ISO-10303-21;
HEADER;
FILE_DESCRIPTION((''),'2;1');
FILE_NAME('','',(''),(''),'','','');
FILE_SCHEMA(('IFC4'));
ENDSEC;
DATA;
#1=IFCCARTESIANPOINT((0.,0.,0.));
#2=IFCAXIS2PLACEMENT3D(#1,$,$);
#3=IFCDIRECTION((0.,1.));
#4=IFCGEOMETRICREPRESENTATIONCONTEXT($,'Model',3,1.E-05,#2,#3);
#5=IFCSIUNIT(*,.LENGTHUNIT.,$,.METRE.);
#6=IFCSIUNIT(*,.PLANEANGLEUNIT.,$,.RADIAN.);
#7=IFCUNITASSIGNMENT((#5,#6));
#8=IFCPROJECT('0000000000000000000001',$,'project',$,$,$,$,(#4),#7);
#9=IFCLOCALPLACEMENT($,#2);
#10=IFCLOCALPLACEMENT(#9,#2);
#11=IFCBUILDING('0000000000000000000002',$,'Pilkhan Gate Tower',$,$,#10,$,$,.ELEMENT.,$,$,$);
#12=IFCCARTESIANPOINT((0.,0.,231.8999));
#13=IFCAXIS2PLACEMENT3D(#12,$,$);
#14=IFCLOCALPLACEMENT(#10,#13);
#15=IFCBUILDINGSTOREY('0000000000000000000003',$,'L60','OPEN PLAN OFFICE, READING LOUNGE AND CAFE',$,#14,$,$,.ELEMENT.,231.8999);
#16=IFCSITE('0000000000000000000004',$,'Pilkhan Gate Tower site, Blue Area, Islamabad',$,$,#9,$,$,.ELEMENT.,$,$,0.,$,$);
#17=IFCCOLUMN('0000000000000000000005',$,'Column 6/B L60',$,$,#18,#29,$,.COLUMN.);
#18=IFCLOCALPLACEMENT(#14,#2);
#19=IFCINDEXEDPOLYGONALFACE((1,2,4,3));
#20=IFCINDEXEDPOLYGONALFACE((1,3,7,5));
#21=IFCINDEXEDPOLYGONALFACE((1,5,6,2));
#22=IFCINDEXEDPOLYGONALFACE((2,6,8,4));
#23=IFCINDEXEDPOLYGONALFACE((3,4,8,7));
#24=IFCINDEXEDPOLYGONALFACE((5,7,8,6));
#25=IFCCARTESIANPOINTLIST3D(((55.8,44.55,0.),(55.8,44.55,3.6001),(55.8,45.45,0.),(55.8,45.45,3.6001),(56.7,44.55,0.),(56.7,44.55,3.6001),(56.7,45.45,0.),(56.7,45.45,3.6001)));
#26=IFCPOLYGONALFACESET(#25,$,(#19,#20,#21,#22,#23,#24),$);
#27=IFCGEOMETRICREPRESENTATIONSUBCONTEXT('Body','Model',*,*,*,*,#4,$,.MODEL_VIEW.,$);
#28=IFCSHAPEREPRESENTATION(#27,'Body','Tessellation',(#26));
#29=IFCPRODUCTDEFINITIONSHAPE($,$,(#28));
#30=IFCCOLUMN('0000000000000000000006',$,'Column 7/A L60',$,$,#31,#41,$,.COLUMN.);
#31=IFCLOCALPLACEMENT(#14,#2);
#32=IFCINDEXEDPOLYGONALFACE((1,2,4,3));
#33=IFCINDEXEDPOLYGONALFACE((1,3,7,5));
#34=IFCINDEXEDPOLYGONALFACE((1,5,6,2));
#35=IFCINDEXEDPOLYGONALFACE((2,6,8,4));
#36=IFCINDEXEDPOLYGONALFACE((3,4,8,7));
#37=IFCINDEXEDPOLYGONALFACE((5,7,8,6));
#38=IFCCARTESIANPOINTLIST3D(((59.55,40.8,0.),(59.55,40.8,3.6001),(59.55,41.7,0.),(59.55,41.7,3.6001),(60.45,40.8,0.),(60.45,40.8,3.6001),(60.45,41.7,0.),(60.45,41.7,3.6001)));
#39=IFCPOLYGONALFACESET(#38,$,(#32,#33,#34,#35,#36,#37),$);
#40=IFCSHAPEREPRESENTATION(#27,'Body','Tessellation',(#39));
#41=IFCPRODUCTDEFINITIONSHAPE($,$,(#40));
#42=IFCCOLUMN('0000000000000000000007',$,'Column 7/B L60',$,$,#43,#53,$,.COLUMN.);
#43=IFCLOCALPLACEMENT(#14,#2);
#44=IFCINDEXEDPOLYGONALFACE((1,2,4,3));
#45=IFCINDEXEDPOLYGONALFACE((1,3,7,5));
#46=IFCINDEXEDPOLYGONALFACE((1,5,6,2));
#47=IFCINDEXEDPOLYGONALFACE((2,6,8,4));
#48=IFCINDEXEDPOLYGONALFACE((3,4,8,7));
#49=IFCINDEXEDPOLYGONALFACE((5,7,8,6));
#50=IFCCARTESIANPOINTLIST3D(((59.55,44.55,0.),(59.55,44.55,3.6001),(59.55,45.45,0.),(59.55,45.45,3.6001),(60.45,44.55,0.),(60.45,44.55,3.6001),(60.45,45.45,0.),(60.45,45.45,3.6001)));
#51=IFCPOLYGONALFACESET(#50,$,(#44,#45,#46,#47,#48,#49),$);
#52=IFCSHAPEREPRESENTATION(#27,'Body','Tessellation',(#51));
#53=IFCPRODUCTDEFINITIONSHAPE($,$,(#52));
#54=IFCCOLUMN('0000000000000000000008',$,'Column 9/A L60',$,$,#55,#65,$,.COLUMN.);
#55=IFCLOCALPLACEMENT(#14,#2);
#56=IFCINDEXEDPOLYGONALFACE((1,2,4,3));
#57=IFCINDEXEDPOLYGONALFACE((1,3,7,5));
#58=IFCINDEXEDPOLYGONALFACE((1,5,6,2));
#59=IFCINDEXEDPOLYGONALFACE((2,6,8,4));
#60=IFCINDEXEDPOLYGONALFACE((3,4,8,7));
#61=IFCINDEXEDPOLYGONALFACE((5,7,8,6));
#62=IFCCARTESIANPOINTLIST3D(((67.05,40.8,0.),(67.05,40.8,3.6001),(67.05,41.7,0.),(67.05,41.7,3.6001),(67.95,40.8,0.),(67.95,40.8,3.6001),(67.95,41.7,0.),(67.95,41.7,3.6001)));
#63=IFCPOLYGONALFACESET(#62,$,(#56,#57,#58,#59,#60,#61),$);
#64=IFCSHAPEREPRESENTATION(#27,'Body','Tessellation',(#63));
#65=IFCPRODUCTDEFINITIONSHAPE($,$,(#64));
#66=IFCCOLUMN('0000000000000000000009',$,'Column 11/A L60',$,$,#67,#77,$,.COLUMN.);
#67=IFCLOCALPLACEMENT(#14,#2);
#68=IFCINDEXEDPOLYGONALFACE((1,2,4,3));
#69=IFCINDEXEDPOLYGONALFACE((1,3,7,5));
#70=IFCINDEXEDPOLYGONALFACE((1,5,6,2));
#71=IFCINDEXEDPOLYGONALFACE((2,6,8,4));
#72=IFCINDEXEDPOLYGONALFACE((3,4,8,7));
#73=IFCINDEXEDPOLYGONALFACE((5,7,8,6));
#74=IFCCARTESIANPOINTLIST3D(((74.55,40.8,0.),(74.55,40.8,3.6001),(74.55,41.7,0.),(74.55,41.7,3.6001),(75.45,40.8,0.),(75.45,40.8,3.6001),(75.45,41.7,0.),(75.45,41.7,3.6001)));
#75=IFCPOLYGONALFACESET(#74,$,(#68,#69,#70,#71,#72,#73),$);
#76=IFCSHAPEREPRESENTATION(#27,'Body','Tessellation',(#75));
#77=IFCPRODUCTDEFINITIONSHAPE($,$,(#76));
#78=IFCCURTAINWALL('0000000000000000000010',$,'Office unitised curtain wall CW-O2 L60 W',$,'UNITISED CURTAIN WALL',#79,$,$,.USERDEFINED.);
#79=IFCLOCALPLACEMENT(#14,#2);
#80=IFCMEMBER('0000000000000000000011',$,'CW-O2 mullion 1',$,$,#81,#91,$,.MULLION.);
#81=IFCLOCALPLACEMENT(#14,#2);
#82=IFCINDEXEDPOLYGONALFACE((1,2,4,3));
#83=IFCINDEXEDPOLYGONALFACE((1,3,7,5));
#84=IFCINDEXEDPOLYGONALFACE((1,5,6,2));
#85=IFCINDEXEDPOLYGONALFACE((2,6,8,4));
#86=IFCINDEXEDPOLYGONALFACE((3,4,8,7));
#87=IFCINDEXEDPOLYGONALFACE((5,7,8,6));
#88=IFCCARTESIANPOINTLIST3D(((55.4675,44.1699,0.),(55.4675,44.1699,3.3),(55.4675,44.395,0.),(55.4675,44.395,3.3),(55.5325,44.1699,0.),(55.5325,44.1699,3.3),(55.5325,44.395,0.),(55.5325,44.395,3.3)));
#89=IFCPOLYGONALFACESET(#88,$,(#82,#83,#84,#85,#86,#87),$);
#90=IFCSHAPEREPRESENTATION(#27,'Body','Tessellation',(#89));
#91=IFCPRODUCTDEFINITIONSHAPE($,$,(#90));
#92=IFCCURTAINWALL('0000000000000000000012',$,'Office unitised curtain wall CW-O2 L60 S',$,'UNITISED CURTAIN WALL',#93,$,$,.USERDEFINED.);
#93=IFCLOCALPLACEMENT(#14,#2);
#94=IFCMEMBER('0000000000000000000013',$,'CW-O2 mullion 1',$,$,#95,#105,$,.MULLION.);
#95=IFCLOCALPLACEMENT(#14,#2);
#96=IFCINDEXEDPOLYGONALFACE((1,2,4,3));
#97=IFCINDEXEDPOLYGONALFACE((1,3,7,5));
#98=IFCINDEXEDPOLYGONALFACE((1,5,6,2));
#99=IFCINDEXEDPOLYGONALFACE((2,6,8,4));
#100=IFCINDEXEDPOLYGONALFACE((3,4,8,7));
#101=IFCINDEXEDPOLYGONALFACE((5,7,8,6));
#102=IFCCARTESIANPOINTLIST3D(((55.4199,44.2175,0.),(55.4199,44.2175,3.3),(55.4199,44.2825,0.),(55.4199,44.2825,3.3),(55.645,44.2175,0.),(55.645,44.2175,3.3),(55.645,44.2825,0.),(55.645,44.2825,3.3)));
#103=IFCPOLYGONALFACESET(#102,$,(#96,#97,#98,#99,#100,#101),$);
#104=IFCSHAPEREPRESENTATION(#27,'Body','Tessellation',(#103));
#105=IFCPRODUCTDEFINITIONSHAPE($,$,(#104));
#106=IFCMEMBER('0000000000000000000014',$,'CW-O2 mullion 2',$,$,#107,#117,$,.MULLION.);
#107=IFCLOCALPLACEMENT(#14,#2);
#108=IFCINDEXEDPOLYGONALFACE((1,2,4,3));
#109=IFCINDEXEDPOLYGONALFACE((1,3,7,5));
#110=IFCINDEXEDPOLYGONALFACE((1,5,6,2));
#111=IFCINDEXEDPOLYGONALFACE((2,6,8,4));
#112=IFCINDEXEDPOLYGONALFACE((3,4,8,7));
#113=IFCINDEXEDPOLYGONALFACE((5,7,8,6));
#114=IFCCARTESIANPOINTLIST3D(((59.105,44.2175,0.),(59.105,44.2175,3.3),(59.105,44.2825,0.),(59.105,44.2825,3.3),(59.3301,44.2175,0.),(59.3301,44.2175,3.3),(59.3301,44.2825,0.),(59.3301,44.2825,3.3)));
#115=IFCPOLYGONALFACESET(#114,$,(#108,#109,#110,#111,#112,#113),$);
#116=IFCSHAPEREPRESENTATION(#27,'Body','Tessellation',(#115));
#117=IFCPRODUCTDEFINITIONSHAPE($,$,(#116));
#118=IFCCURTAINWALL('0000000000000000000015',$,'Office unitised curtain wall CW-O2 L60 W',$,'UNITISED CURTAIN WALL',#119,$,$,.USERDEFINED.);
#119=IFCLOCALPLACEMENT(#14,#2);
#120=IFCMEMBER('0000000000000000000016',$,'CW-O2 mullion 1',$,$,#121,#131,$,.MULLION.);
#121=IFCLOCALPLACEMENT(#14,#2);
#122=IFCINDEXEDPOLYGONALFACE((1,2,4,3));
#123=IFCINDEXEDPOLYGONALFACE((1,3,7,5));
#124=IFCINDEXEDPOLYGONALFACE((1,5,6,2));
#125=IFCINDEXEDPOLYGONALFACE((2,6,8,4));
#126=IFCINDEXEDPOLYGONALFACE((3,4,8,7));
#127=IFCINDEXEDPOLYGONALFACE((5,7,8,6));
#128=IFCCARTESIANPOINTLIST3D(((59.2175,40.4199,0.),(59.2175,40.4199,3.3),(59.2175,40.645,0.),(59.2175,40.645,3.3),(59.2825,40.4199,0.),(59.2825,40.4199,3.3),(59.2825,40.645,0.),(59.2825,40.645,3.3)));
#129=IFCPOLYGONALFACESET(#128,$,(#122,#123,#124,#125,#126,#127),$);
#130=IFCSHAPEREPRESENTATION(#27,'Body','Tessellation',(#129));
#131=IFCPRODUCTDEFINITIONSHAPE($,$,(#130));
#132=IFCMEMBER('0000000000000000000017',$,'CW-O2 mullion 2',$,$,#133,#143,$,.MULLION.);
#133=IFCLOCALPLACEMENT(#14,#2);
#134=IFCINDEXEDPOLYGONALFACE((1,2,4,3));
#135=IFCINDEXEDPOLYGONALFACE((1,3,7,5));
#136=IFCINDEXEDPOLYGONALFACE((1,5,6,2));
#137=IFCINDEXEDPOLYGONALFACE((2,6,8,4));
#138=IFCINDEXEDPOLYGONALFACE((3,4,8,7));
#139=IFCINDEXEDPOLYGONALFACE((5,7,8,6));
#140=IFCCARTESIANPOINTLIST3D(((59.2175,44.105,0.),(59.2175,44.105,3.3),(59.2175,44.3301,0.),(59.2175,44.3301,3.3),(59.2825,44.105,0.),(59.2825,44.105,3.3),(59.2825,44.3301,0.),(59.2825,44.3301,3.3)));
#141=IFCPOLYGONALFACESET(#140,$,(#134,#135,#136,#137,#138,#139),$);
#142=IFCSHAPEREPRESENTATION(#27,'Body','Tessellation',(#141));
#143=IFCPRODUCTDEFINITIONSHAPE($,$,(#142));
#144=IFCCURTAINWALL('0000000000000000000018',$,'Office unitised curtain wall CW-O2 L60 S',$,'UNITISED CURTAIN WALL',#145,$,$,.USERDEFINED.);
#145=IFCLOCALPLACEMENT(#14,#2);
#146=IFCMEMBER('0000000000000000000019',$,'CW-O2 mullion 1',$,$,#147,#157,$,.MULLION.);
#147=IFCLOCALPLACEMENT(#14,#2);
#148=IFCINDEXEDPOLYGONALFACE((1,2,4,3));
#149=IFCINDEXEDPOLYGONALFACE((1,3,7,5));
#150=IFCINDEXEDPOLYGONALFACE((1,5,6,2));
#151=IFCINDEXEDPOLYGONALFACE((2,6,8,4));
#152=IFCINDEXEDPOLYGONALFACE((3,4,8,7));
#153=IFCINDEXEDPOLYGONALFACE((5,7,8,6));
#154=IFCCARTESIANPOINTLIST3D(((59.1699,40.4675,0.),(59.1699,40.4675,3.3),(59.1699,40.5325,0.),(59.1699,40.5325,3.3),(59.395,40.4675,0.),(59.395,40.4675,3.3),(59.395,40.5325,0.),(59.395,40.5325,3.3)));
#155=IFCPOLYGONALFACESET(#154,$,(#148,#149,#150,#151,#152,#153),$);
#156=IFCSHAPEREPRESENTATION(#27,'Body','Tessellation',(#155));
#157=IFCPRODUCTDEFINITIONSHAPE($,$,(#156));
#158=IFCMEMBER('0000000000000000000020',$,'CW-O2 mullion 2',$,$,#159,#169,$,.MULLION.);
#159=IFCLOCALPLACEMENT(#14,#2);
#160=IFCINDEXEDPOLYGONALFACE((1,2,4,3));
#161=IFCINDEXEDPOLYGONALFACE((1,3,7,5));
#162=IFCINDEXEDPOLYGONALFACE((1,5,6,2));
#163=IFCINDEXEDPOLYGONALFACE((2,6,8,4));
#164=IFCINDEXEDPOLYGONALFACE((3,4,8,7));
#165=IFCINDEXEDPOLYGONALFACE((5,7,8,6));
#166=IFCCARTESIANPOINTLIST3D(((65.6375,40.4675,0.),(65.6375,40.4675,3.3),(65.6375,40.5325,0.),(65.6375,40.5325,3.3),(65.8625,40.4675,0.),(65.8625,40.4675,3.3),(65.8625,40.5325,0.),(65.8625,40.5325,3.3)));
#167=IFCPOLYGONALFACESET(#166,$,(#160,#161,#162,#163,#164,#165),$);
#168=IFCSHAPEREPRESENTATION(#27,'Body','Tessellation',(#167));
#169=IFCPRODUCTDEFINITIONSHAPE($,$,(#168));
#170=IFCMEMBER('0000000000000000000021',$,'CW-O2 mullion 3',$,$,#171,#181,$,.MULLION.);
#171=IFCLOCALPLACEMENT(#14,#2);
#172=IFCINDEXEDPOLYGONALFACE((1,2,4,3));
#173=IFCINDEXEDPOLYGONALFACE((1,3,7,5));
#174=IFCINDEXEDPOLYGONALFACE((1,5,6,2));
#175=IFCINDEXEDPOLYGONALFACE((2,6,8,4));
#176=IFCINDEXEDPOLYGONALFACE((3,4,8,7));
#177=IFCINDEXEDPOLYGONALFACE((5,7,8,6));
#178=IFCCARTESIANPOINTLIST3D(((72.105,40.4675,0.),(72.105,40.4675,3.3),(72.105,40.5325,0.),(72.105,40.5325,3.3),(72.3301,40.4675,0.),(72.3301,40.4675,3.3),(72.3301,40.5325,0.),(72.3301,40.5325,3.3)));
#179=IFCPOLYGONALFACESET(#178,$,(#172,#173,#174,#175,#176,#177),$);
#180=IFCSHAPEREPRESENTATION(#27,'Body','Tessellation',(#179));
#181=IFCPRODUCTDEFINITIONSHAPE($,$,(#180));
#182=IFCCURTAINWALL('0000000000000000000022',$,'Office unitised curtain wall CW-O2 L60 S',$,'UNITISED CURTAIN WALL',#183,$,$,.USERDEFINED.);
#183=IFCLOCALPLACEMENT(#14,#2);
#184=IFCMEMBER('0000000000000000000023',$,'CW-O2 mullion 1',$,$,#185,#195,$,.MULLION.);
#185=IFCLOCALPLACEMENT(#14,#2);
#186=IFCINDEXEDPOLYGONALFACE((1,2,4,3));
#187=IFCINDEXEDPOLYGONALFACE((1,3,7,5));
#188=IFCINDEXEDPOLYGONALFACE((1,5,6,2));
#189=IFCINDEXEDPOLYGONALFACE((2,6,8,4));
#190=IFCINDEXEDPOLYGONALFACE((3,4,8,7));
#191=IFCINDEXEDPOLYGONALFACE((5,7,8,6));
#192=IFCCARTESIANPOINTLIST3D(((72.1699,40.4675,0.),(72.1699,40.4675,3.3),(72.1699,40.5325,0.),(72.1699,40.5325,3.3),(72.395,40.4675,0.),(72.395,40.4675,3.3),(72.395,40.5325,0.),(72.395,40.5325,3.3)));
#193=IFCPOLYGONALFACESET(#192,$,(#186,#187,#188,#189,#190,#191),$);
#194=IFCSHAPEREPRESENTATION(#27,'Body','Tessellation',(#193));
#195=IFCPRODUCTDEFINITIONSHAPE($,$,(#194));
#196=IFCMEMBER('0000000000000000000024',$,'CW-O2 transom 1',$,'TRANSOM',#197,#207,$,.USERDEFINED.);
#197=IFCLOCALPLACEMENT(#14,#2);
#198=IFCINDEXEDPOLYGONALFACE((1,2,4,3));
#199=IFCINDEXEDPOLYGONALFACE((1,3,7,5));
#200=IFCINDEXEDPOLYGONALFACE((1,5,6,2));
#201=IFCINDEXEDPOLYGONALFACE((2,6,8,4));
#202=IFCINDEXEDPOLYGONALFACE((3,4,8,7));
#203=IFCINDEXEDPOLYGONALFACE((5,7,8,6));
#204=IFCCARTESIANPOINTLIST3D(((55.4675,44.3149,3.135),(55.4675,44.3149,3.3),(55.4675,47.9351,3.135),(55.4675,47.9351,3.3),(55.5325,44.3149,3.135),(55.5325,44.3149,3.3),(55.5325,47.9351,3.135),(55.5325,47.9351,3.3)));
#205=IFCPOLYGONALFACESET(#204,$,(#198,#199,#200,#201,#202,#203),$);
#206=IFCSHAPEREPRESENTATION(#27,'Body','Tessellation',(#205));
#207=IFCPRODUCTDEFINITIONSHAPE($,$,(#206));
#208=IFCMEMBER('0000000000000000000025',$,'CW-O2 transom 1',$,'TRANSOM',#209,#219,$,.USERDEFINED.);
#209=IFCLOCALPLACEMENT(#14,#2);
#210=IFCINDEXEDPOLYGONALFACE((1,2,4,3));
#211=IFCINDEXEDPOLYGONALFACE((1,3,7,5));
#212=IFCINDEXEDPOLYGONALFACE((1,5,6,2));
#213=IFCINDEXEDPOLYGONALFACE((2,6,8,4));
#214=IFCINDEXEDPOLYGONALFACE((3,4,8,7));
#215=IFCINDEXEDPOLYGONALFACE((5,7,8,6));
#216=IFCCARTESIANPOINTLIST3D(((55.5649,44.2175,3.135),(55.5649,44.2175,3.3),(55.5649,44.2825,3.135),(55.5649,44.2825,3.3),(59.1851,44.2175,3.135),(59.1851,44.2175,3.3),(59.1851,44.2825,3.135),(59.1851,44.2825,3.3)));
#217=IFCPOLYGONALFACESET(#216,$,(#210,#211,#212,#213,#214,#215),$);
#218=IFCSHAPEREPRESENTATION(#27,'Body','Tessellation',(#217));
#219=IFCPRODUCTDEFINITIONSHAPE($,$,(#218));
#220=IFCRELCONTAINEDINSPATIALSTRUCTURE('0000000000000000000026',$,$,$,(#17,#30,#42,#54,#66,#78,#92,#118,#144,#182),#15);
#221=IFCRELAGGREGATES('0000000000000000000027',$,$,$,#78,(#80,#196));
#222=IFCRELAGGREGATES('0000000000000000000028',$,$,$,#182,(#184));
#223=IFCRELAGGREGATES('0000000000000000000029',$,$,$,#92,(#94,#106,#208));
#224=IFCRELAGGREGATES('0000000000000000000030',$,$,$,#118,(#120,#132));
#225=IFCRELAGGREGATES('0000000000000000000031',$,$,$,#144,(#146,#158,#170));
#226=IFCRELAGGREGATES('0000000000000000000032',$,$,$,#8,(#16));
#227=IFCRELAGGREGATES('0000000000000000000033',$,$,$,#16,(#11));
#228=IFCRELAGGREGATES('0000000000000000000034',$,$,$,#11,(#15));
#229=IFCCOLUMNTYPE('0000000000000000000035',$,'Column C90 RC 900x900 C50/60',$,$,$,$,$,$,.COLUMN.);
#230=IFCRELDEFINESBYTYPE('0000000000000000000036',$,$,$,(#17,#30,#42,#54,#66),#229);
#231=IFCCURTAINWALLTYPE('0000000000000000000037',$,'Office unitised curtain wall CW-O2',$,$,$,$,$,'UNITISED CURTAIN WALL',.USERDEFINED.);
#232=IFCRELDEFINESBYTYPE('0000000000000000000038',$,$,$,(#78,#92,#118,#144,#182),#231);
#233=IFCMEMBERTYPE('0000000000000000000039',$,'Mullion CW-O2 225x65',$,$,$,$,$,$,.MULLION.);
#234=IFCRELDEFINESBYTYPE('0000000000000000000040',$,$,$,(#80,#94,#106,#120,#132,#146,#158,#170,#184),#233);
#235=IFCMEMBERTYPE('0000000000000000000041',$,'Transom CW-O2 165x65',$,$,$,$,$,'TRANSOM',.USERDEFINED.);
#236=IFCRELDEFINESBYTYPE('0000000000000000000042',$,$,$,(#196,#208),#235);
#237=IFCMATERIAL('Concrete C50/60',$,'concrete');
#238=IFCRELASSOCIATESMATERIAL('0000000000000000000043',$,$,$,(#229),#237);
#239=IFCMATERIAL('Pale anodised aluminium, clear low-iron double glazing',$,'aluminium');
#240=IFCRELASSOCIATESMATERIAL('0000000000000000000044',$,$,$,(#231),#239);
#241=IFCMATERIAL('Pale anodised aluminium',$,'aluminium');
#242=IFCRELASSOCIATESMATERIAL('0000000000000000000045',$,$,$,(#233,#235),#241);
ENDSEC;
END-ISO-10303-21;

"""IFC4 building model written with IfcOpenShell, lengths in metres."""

from ifc_helpers import new_model, si_unit, direction, frame, origin, origin_2d, place, context, subcontext, project, spatial, rectangle, extrude, material, material_profile, profile_set, type_object, element, aggregate, save


model = new_model("IFC4")

# Units and contexts
model_context = context("Model", 3, precision=1e-05, world=origin(), true_north=direction((0.0, 1.0)))
body_context = subcontext(model_context, "Body", "Model", "MODEL_VIEW")
ifc_project = project(units=[si_unit("LENGTHUNIT", "METRE"), si_unit("PLANEANGLEUNIT", "RADIAN")], contexts=[model_context])

# Site, building, storey
site_placement = place(None, origin())
site = spatial("IfcSite", under=ifc_project, at=site_placement, Name="Pilkhan Gate Tower site, Blue Area, Islamabad", CompositionType="ELEMENT", RefElevation=0.0)
building_placement = place(site_placement, origin())
building = spatial("IfcBuilding", under=site, at=building_placement, Name="Pilkhan Gate Tower", CompositionType="ELEMENT")
storey_placement = place(building_placement, frame((0.0, 0.0, 231.8999)))
storey = spatial("IfcBuildingStorey", under=building, at=storey_placement, Name="L60", Description="OPEN PLAN OFFICE, READING LOUNGE AND CAFE", CompositionType="ELEMENT", Elevation=231.8999)

# Columns
ifc_material_1 = material(Name="Concrete C50/60", Category="concrete")
ifc_material_profile_1 = material_profile(ifc_material_1, rectangle(XDim=0.8999, YDim=0.8999, at=origin_2d()), Name="RC 900x900")
ifc_profile_set_1 = profile_set([ifc_material_profile_1], Name="Concrete C50/60")
column_type = type_object("IfcColumnType", Name="Column C90 RC 900x900 C50/60", PredefinedType="COLUMN", material=ifc_profile_set_1)
for number, where, z_axis, x_axis, name in (
    (1, (56.25, 45.0, 0.0), (0.0, 0.0, 1.0), (1.0, 0.0, 0.0), "Column 6/B L60"),
    (2, (60.0, 41.25, 0.0), (0.0, 0.0, 1.0), (1.0, 0.0, 0.0), "Column 7/A L60"),
    (3, (60.0, 45.0, 0.0), (0.0, 0.0, 1.0), (1.0, 0.0, 0.0), "Column 7/B L60"),
    (4, (67.5, 41.25, 0.0), (0.0, 0.0, 1.0), (1.0, 0.0, 0.0), "Column 9/A L60"),
    (5, (75.0, 41.25, 0.0), (0.0, 0.0, 1.0), (1.0, 0.0, 0.0), "Column 11/A L60"),
):
    element("IfcColumn", number, at=place(storey_placement, frame(where, z_axis=z_axis, x_axis=x_axis)), inside=storey, type_object=column_type, Name=name, PredefinedType="COLUMN", context=body_context, shape_type="SweptSolid", body=[
        extrude(rectangle(XDim=0.8999, YDim=0.8999, at=origin_2d()), origin(), (0.0, 0.0, 1.0), 3.6001),
    ])

# Curtain wall, member
ifc_material_2 = material(Name="Pale anodised aluminium, clear low-iron double glazing", Category="aluminium")
curtain_wall_type = type_object("IfcCurtainWallType", Name="Office unitised curtain wall CW-O2", ElementType="UNITISED CURTAIN WALL", PredefinedType="USERDEFINED", material=ifc_material_2)
curtain_wall_1_placement = place(storey_placement, origin())
curtain_wall_1 = element("IfcCurtainWall", 6, at=curtain_wall_1_placement, inside=storey, type_object=curtain_wall_type, Name="Office unitised curtain wall CW-O2 L60 W", ObjectType="UNITISED CURTAIN WALL", PredefinedType="USERDEFINED")
ifc_material_3 = material(Name="Pale anodised aluminium", Category="aluminium")
ifc_material_profile_2 = material_profile(ifc_material_3, rectangle(XDim=0.0649, YDim=0.2251, at=origin_2d()), Name="Mullion 225x65")
ifc_profile_set_2 = profile_set([ifc_material_profile_2], Name="Pale anodised aluminium")
member_type_1 = type_object("IfcMemberType", Name="Mullion CW-O2 225x65", PredefinedType="MULLION", material=ifc_profile_set_2)
member_1_placement = place(storey_placement, frame((55.5, 44.2825, 0.0), z_axis=(0.0, 0.0, 1.0), x_axis=(-1.0, 0.0, 0.0)))
member_1 = element("IfcMember", 7, at=member_1_placement, type_object=member_type_1, Name="CW-O2 mullion 1", PredefinedType="MULLION", context=body_context, shape_type="SweptSolid", body=[
    extrude(rectangle(XDim=0.0649, YDim=0.2251, at=origin_2d()), origin(), (0.0, 0.0, 1.0), 3.3),
])

# Curtain walls, members
curtain_wall_2_placement = place(storey_placement, origin())
curtain_wall_2 = element("IfcCurtainWall", 8, at=curtain_wall_2_placement, inside=storey, type_object=curtain_wall_type, Name="Office unitised curtain wall CW-O2 L60 S", ObjectType="UNITISED CURTAIN WALL", PredefinedType="USERDEFINED")
member_2_placement = place(storey_placement, frame((55.5325, 44.25, 0.0), z_axis=(0.0, 0.0, 1.0), x_axis=(0.0, 1.0, 0.0)))
member_2 = element("IfcMember", 9, at=member_2_placement, type_object=member_type_1, Name="CW-O2 mullion 1", PredefinedType="MULLION", context=body_context, shape_type="SweptSolid", body=[
    extrude(rectangle(XDim=0.0649, YDim=0.2251, at=origin_2d()), origin(), (0.0, 0.0, 1.0), 3.3),
])
member_3_placement = place(storey_placement, frame((59.2175, 44.25, 0.0), z_axis=(0.0, 0.0, 1.0), x_axis=(0.0, 1.0, 0.0)))
member_3 = element("IfcMember", 10, at=member_3_placement, type_object=member_type_1, Name="CW-O2 mullion 2", PredefinedType="MULLION", context=body_context, shape_type="SweptSolid", body=[
    extrude(rectangle(XDim=0.0649, YDim=0.2251, at=origin_2d()), origin(), (0.0, 0.0, 1.0), 3.3),
])
curtain_wall_3_placement = place(storey_placement, origin())
curtain_wall_3 = element("IfcCurtainWall", 11, at=curtain_wall_3_placement, inside=storey, type_object=curtain_wall_type, Name="Office unitised curtain wall CW-O2 L60 W", ObjectType="UNITISED CURTAIN WALL", PredefinedType="USERDEFINED")
member_4_placement = place(storey_placement, frame((59.25, 40.5325, 0.0), z_axis=(0.0, 0.0, 1.0), x_axis=(-1.0, 0.0, 0.0)))
member_4 = element("IfcMember", 12, at=member_4_placement, type_object=member_type_1, Name="CW-O2 mullion 1", PredefinedType="MULLION", context=body_context, shape_type="SweptSolid", body=[
    extrude(rectangle(XDim=0.0649, YDim=0.2251, at=origin_2d()), origin(), (0.0, 0.0, 1.0), 3.3),
])
member_5_placement = place(storey_placement, frame((59.25, 44.2175, 0.0), z_axis=(0.0, 0.0, 1.0), x_axis=(-1.0, 0.0, 0.0)))
member_5 = element("IfcMember", 13, at=member_5_placement, type_object=member_type_1, Name="CW-O2 mullion 2", PredefinedType="MULLION", context=body_context, shape_type="SweptSolid", body=[
    extrude(rectangle(XDim=0.0649, YDim=0.2251, at=origin_2d()), origin(), (0.0, 0.0, 1.0), 3.3),
])
curtain_wall_4_placement = place(storey_placement, origin())
curtain_wall_4 = element("IfcCurtainWall", 14, at=curtain_wall_4_placement, inside=storey, type_object=curtain_wall_type, Name="Office unitised curtain wall CW-O2 L60 S", ObjectType="UNITISED CURTAIN WALL", PredefinedType="USERDEFINED")
member_6_placement = place(storey_placement, frame((59.2825, 40.5, 0.0), z_axis=(0.0, 0.0, 1.0), x_axis=(0.0, 1.0, 0.0)))
member_6 = element("IfcMember", 15, at=member_6_placement, type_object=member_type_1, Name="CW-O2 mullion 1", PredefinedType="MULLION", context=body_context, shape_type="SweptSolid", body=[
    extrude(rectangle(XDim=0.0649, YDim=0.2251, at=origin_2d()), origin(), (0.0, 0.0, 1.0), 3.3),
])
member_7_placement = place(storey_placement, frame((65.75, 40.5, 0.0), z_axis=(0.0, 0.0, 1.0), x_axis=(0.0, 1.0, 0.0)))
member_7 = element("IfcMember", 16, at=member_7_placement, type_object=member_type_1, Name="CW-O2 mullion 2", PredefinedType="MULLION", context=body_context, shape_type="SweptSolid", body=[
    extrude(rectangle(XDim=0.0649, YDim=0.2251, at=origin_2d()), origin(), (0.0, 0.0, 1.0), 3.3),
])
member_8_placement = place(storey_placement, frame((72.2175, 40.5, 0.0), z_axis=(0.0, 0.0, 1.0), x_axis=(0.0, 1.0, 0.0)))
member_8 = element("IfcMember", 17, at=member_8_placement, type_object=member_type_1, Name="CW-O2 mullion 3", PredefinedType="MULLION", context=body_context, shape_type="SweptSolid", body=[
    extrude(rectangle(XDim=0.0649, YDim=0.2251, at=origin_2d()), origin(), (0.0, 0.0, 1.0), 3.3),
])

# Curtain wall, member
curtain_wall_5_placement = place(storey_placement, origin())
curtain_wall_5 = element("IfcCurtainWall", 18, at=curtain_wall_5_placement, inside=storey, type_object=curtain_wall_type, Name="Office unitised curtain wall CW-O2 L60 S", ObjectType="UNITISED CURTAIN WALL", PredefinedType="USERDEFINED")
member_9_placement = place(storey_placement, frame((72.2825, 40.5, 0.0), z_axis=(0.0, 0.0, 1.0), x_axis=(0.0, 1.0, 0.0)))
member_9 = element("IfcMember", 19, at=member_9_placement, type_object=member_type_1, Name="CW-O2 mullion 1", PredefinedType="MULLION", context=body_context, shape_type="SweptSolid", body=[
    extrude(rectangle(XDim=0.0649, YDim=0.2251, at=origin_2d()), origin(), (0.0, 0.0, 1.0), 3.3),
])

# Members
ifc_material_profile_3 = material_profile(ifc_material_3, rectangle(XDim=0.0649, YDim=0.165, at=origin_2d()), Name="Transom 165x65")
ifc_profile_set_3 = profile_set([ifc_material_profile_3], Name="Pale anodised aluminium")
member_type_2 = type_object("IfcMemberType", Name="Transom CW-O2 165x65", ElementType="TRANSOM", PredefinedType="USERDEFINED", material=ifc_profile_set_3)
member_10_placement = place(storey_placement, frame((55.5, 44.3149, 3.2175), z_axis=(0.0, 1.0, 0.0), x_axis=(-1.0, 0.0, 0.0)))
member_10 = element("IfcMember", 20, at=member_10_placement, type_object=member_type_2, Name="CW-O2 transom 1", ObjectType="TRANSOM", PredefinedType="USERDEFINED", context=body_context, shape_type="SweptSolid", body=[
    extrude(rectangle(XDim=0.0649, YDim=0.165, at=origin_2d()), origin(), (0.0, 0.0, 1.0), 3.6201),
])
aggregate(curtain_wall_1, [member_1, member_10])
member_11_placement = place(storey_placement, frame((55.5649, 44.25, 3.2175), z_axis=(1.0, 0.0, 0.0), x_axis=(0.0, 1.0, 0.0)))
member_11 = element("IfcMember", 21, at=member_11_placement, type_object=member_type_2, Name="CW-O2 transom 1", ObjectType="TRANSOM", PredefinedType="USERDEFINED", context=body_context, shape_type="SweptSolid", body=[
    extrude(rectangle(XDim=0.0649, YDim=0.165, at=origin_2d()), origin(), (0.0, 0.0, 1.0), 3.6201),
])
aggregate(curtain_wall_5, [member_9])

aggregate(curtain_wall_2, [member_2, member_3, member_11])
aggregate(curtain_wall_3, [member_4, member_5])
aggregate(curtain_wall_4, [member_6, member_7, member_8])

save(model, "model.ifc")
